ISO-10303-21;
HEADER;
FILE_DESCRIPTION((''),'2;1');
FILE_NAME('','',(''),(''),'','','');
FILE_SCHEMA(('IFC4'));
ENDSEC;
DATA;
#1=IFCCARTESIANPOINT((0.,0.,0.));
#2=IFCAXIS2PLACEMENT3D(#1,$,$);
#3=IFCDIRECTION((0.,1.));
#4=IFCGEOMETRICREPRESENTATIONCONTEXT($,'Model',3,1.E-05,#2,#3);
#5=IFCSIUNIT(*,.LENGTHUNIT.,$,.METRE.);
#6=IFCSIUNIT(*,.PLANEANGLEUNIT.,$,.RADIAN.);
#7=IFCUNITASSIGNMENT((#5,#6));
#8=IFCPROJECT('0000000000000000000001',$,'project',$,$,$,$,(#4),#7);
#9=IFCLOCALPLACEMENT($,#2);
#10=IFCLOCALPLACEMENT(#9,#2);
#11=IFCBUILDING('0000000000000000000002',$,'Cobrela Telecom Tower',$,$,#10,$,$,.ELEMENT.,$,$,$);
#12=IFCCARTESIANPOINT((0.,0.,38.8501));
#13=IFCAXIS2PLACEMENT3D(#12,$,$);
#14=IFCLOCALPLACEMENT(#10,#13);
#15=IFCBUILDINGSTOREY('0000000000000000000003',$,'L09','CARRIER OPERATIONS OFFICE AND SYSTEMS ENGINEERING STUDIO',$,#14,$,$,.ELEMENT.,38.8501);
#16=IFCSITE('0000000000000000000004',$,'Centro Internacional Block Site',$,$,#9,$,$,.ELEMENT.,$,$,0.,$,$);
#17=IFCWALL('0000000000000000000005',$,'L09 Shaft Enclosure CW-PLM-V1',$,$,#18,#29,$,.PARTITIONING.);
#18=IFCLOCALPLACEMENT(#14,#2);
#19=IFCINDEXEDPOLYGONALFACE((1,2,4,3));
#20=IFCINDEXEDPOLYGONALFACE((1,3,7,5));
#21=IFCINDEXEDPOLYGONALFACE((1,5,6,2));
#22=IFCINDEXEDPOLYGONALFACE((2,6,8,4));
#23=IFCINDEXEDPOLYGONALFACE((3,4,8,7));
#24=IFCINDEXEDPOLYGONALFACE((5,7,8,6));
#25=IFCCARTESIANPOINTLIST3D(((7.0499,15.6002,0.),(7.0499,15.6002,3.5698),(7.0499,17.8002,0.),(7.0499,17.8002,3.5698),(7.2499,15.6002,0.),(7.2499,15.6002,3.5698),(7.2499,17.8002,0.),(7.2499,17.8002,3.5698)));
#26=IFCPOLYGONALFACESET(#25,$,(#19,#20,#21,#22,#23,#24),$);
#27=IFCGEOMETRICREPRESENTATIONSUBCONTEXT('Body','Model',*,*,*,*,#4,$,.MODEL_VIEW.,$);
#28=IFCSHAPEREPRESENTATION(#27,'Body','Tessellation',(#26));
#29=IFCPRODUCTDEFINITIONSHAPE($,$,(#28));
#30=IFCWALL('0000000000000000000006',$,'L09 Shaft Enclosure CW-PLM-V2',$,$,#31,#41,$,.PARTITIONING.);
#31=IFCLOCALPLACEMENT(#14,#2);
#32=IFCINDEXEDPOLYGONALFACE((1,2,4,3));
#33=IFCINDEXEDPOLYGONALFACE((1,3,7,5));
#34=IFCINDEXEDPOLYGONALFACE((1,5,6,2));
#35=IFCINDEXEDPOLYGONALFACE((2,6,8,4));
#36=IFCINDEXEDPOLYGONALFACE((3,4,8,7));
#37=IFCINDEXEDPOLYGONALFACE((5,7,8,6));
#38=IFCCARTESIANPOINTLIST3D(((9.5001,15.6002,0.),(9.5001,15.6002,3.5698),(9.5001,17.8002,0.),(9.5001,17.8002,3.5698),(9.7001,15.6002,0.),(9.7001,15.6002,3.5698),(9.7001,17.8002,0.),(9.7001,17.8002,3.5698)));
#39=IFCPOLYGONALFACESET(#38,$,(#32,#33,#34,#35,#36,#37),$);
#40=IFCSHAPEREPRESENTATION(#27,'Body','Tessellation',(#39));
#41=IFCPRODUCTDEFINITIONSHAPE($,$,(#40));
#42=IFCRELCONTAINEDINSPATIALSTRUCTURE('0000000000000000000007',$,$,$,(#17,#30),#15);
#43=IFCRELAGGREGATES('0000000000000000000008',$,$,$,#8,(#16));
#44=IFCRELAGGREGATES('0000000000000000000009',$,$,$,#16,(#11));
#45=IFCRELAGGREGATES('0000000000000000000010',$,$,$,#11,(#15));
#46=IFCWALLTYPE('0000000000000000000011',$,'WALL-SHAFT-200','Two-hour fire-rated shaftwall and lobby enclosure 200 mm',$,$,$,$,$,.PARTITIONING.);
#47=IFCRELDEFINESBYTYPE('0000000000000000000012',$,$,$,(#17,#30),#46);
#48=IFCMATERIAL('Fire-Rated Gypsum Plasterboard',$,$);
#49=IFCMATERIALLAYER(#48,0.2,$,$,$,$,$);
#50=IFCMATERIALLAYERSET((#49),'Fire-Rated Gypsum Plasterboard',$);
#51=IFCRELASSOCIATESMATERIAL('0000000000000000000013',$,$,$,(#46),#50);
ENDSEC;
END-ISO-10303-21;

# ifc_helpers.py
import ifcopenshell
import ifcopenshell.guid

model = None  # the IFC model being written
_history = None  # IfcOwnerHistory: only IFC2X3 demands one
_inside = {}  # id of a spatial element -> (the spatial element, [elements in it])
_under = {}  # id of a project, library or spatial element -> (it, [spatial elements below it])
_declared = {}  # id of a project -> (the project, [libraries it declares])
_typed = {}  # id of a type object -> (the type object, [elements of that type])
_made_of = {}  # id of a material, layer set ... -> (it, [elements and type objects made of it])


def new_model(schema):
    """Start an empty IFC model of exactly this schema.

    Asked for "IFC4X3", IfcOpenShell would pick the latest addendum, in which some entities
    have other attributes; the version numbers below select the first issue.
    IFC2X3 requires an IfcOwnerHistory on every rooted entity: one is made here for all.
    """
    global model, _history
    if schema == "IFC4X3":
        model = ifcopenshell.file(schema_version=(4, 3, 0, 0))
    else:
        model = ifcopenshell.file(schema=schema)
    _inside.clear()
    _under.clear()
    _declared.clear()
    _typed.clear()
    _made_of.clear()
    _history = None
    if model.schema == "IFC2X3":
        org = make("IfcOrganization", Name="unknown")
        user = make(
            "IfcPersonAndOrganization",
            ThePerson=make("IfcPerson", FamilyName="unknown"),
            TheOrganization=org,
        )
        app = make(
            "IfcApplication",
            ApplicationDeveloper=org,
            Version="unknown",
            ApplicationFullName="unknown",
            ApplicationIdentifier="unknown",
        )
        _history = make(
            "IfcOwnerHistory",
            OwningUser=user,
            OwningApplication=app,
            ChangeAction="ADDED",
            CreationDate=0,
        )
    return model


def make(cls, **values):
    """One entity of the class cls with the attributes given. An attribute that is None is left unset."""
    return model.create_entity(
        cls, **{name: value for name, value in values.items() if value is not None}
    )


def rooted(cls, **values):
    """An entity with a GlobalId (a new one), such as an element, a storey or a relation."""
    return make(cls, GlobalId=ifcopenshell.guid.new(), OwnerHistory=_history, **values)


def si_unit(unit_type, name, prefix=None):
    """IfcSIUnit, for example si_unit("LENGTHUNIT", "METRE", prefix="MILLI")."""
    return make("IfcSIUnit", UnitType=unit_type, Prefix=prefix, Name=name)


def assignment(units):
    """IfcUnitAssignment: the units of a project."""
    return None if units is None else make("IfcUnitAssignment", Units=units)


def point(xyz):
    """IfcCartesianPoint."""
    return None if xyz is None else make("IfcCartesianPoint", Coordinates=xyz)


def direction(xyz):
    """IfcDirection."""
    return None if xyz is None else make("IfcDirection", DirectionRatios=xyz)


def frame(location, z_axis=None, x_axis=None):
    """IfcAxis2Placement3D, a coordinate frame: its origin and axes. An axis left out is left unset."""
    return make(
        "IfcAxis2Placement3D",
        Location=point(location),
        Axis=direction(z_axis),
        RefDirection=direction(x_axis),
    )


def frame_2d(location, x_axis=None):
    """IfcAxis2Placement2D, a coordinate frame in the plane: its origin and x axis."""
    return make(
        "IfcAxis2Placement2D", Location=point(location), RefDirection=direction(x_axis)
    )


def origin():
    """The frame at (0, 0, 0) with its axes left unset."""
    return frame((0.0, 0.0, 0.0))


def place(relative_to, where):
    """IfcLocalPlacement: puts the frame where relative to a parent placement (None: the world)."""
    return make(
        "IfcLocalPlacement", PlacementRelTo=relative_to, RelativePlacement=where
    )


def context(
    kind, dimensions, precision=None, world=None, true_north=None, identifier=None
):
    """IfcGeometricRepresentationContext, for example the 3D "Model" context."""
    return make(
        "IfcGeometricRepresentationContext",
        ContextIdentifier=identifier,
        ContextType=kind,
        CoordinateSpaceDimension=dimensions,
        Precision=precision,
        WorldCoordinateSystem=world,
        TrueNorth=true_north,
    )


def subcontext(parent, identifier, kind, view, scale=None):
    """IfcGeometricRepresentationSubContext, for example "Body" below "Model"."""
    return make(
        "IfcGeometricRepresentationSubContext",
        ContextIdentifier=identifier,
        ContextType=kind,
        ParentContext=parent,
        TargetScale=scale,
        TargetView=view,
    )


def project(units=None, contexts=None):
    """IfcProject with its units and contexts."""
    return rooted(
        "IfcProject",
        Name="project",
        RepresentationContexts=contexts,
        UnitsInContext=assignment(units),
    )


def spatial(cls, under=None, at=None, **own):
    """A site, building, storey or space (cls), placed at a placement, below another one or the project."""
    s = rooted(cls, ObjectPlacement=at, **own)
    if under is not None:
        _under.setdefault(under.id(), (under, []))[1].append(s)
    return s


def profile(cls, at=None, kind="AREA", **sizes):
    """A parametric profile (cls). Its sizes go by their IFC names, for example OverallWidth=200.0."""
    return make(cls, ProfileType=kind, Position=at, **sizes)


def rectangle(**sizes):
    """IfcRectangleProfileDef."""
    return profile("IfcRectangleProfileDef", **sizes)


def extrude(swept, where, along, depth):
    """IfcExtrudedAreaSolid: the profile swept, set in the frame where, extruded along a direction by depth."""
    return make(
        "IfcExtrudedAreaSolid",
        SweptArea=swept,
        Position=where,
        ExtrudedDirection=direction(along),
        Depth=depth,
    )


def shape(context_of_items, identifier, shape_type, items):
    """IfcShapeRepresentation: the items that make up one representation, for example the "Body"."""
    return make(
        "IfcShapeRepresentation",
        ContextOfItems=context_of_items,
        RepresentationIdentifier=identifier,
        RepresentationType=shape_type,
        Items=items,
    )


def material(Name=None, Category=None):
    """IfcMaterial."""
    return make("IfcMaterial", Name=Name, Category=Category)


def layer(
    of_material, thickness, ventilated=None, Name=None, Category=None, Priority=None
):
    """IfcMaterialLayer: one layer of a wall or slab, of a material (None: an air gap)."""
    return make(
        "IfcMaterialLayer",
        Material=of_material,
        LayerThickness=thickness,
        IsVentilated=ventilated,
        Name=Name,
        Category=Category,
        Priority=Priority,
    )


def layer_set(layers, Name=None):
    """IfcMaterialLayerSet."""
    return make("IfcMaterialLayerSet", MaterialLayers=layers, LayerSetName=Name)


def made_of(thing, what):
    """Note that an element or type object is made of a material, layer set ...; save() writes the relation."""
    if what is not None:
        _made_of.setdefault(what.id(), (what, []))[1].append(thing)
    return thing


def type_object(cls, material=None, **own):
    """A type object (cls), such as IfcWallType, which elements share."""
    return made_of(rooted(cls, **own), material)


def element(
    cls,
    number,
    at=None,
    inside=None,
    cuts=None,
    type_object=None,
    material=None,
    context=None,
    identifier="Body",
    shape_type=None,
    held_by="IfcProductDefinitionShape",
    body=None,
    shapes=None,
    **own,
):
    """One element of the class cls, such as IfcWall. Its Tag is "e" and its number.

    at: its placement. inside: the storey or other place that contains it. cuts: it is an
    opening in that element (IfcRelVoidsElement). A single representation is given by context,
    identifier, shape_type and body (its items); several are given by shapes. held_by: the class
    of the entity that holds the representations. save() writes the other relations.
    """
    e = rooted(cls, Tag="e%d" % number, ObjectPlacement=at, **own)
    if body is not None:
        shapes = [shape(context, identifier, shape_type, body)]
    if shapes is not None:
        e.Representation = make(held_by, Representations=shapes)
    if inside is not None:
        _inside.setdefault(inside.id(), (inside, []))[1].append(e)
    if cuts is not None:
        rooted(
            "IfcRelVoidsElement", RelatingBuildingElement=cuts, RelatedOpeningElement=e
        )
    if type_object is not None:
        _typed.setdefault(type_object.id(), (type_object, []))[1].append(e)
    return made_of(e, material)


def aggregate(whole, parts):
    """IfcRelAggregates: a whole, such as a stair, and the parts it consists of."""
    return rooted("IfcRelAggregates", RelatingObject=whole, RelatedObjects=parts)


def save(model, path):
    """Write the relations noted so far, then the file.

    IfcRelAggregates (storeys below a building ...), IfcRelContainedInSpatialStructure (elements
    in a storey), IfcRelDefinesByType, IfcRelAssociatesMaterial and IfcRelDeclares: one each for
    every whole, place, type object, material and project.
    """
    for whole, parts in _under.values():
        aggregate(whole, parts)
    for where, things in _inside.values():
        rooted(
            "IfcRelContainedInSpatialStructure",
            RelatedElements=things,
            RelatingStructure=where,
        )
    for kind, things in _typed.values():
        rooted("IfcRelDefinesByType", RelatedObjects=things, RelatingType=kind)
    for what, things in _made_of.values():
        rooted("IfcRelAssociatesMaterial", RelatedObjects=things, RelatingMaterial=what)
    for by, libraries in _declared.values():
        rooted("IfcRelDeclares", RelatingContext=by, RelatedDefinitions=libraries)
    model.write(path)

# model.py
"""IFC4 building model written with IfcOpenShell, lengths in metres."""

from ifc_helpers import new_model, si_unit, direction, frame, frame_2d, origin, place, context, subcontext, project, spatial, rectangle, extrude, material, layer, layer_set, type_object, element, save


model = new_model("IFC4")

# Units and contexts
model_context = context("Model", 3, precision=1e-05, world=origin(), true_north=direction((0.0, 1.0)))
body_context = subcontext(model_context, "Body", "Model", "MODEL_VIEW")
ifc_project = project(units=[si_unit("LENGTHUNIT", "METRE"), si_unit("PLANEANGLEUNIT", "RADIAN")], contexts=[model_context])

# Site, building, storey
site_placement = place(None, origin())
site = spatial("IfcSite", under=ifc_project, at=site_placement, Name="Centro Internacional Block Site", CompositionType="ELEMENT", RefElevation=0.0)
building_placement = place(site_placement, origin())
building = spatial("IfcBuilding", under=site, at=building_placement, Name="Cobrela Telecom Tower", CompositionType="ELEMENT")
storey_placement = place(building_placement, frame((0.0, 0.0, 38.8501)))
storey = spatial("IfcBuildingStorey", under=building, at=storey_placement, Name="L09", Description="CARRIER OPERATIONS OFFICE AND SYSTEMS ENGINEERING STUDIO", CompositionType="ELEMENT", Elevation=38.8501)

# Walls
ifc_material_1 = material(Name="Fire-Rated Gypsum Plasterboard")
ifc_layer = layer(ifc_material_1, 0.2)
ifc_layer_set = layer_set([ifc_layer], Name="Fire-Rated Gypsum Plasterboard")
wall_type = type_object("IfcWallType", Name="WALL-SHAFT-200", Description="Two-hour fire-rated shaftwall and lobby enclosure 200 mm", PredefinedType="PARTITIONING", material=ifc_layer_set)
for number, where, z_axis, x_axis, name in (
    (1, (7.1499, 15.6001, 0.0), (0.0, 0.0, 1.0), (0.0, 1.0, 0.0), "L09 Shaft Enclosure CW-PLM-V1"),
    (2, (9.6001, 15.6001, 0.0), (0.0, 0.0, 1.0), (0.0, 1.0, 0.0), "L09 Shaft Enclosure CW-PLM-V2"),
):
    element("IfcWall", number, at=place(storey_placement, frame(where, z_axis=z_axis, x_axis=x_axis)), inside=storey, type_object=wall_type, Name=name, PredefinedType="PARTITIONING", context=body_context, shape_type="SweptSolid", body=[
        extrude(rectangle(XDim=2.2, YDim=0.2, at=frame_2d((1.1001, 0.0))), origin(), (0.0, 0.0, 1.0), 3.5698),
    ])

save(model, "model.ifc")
